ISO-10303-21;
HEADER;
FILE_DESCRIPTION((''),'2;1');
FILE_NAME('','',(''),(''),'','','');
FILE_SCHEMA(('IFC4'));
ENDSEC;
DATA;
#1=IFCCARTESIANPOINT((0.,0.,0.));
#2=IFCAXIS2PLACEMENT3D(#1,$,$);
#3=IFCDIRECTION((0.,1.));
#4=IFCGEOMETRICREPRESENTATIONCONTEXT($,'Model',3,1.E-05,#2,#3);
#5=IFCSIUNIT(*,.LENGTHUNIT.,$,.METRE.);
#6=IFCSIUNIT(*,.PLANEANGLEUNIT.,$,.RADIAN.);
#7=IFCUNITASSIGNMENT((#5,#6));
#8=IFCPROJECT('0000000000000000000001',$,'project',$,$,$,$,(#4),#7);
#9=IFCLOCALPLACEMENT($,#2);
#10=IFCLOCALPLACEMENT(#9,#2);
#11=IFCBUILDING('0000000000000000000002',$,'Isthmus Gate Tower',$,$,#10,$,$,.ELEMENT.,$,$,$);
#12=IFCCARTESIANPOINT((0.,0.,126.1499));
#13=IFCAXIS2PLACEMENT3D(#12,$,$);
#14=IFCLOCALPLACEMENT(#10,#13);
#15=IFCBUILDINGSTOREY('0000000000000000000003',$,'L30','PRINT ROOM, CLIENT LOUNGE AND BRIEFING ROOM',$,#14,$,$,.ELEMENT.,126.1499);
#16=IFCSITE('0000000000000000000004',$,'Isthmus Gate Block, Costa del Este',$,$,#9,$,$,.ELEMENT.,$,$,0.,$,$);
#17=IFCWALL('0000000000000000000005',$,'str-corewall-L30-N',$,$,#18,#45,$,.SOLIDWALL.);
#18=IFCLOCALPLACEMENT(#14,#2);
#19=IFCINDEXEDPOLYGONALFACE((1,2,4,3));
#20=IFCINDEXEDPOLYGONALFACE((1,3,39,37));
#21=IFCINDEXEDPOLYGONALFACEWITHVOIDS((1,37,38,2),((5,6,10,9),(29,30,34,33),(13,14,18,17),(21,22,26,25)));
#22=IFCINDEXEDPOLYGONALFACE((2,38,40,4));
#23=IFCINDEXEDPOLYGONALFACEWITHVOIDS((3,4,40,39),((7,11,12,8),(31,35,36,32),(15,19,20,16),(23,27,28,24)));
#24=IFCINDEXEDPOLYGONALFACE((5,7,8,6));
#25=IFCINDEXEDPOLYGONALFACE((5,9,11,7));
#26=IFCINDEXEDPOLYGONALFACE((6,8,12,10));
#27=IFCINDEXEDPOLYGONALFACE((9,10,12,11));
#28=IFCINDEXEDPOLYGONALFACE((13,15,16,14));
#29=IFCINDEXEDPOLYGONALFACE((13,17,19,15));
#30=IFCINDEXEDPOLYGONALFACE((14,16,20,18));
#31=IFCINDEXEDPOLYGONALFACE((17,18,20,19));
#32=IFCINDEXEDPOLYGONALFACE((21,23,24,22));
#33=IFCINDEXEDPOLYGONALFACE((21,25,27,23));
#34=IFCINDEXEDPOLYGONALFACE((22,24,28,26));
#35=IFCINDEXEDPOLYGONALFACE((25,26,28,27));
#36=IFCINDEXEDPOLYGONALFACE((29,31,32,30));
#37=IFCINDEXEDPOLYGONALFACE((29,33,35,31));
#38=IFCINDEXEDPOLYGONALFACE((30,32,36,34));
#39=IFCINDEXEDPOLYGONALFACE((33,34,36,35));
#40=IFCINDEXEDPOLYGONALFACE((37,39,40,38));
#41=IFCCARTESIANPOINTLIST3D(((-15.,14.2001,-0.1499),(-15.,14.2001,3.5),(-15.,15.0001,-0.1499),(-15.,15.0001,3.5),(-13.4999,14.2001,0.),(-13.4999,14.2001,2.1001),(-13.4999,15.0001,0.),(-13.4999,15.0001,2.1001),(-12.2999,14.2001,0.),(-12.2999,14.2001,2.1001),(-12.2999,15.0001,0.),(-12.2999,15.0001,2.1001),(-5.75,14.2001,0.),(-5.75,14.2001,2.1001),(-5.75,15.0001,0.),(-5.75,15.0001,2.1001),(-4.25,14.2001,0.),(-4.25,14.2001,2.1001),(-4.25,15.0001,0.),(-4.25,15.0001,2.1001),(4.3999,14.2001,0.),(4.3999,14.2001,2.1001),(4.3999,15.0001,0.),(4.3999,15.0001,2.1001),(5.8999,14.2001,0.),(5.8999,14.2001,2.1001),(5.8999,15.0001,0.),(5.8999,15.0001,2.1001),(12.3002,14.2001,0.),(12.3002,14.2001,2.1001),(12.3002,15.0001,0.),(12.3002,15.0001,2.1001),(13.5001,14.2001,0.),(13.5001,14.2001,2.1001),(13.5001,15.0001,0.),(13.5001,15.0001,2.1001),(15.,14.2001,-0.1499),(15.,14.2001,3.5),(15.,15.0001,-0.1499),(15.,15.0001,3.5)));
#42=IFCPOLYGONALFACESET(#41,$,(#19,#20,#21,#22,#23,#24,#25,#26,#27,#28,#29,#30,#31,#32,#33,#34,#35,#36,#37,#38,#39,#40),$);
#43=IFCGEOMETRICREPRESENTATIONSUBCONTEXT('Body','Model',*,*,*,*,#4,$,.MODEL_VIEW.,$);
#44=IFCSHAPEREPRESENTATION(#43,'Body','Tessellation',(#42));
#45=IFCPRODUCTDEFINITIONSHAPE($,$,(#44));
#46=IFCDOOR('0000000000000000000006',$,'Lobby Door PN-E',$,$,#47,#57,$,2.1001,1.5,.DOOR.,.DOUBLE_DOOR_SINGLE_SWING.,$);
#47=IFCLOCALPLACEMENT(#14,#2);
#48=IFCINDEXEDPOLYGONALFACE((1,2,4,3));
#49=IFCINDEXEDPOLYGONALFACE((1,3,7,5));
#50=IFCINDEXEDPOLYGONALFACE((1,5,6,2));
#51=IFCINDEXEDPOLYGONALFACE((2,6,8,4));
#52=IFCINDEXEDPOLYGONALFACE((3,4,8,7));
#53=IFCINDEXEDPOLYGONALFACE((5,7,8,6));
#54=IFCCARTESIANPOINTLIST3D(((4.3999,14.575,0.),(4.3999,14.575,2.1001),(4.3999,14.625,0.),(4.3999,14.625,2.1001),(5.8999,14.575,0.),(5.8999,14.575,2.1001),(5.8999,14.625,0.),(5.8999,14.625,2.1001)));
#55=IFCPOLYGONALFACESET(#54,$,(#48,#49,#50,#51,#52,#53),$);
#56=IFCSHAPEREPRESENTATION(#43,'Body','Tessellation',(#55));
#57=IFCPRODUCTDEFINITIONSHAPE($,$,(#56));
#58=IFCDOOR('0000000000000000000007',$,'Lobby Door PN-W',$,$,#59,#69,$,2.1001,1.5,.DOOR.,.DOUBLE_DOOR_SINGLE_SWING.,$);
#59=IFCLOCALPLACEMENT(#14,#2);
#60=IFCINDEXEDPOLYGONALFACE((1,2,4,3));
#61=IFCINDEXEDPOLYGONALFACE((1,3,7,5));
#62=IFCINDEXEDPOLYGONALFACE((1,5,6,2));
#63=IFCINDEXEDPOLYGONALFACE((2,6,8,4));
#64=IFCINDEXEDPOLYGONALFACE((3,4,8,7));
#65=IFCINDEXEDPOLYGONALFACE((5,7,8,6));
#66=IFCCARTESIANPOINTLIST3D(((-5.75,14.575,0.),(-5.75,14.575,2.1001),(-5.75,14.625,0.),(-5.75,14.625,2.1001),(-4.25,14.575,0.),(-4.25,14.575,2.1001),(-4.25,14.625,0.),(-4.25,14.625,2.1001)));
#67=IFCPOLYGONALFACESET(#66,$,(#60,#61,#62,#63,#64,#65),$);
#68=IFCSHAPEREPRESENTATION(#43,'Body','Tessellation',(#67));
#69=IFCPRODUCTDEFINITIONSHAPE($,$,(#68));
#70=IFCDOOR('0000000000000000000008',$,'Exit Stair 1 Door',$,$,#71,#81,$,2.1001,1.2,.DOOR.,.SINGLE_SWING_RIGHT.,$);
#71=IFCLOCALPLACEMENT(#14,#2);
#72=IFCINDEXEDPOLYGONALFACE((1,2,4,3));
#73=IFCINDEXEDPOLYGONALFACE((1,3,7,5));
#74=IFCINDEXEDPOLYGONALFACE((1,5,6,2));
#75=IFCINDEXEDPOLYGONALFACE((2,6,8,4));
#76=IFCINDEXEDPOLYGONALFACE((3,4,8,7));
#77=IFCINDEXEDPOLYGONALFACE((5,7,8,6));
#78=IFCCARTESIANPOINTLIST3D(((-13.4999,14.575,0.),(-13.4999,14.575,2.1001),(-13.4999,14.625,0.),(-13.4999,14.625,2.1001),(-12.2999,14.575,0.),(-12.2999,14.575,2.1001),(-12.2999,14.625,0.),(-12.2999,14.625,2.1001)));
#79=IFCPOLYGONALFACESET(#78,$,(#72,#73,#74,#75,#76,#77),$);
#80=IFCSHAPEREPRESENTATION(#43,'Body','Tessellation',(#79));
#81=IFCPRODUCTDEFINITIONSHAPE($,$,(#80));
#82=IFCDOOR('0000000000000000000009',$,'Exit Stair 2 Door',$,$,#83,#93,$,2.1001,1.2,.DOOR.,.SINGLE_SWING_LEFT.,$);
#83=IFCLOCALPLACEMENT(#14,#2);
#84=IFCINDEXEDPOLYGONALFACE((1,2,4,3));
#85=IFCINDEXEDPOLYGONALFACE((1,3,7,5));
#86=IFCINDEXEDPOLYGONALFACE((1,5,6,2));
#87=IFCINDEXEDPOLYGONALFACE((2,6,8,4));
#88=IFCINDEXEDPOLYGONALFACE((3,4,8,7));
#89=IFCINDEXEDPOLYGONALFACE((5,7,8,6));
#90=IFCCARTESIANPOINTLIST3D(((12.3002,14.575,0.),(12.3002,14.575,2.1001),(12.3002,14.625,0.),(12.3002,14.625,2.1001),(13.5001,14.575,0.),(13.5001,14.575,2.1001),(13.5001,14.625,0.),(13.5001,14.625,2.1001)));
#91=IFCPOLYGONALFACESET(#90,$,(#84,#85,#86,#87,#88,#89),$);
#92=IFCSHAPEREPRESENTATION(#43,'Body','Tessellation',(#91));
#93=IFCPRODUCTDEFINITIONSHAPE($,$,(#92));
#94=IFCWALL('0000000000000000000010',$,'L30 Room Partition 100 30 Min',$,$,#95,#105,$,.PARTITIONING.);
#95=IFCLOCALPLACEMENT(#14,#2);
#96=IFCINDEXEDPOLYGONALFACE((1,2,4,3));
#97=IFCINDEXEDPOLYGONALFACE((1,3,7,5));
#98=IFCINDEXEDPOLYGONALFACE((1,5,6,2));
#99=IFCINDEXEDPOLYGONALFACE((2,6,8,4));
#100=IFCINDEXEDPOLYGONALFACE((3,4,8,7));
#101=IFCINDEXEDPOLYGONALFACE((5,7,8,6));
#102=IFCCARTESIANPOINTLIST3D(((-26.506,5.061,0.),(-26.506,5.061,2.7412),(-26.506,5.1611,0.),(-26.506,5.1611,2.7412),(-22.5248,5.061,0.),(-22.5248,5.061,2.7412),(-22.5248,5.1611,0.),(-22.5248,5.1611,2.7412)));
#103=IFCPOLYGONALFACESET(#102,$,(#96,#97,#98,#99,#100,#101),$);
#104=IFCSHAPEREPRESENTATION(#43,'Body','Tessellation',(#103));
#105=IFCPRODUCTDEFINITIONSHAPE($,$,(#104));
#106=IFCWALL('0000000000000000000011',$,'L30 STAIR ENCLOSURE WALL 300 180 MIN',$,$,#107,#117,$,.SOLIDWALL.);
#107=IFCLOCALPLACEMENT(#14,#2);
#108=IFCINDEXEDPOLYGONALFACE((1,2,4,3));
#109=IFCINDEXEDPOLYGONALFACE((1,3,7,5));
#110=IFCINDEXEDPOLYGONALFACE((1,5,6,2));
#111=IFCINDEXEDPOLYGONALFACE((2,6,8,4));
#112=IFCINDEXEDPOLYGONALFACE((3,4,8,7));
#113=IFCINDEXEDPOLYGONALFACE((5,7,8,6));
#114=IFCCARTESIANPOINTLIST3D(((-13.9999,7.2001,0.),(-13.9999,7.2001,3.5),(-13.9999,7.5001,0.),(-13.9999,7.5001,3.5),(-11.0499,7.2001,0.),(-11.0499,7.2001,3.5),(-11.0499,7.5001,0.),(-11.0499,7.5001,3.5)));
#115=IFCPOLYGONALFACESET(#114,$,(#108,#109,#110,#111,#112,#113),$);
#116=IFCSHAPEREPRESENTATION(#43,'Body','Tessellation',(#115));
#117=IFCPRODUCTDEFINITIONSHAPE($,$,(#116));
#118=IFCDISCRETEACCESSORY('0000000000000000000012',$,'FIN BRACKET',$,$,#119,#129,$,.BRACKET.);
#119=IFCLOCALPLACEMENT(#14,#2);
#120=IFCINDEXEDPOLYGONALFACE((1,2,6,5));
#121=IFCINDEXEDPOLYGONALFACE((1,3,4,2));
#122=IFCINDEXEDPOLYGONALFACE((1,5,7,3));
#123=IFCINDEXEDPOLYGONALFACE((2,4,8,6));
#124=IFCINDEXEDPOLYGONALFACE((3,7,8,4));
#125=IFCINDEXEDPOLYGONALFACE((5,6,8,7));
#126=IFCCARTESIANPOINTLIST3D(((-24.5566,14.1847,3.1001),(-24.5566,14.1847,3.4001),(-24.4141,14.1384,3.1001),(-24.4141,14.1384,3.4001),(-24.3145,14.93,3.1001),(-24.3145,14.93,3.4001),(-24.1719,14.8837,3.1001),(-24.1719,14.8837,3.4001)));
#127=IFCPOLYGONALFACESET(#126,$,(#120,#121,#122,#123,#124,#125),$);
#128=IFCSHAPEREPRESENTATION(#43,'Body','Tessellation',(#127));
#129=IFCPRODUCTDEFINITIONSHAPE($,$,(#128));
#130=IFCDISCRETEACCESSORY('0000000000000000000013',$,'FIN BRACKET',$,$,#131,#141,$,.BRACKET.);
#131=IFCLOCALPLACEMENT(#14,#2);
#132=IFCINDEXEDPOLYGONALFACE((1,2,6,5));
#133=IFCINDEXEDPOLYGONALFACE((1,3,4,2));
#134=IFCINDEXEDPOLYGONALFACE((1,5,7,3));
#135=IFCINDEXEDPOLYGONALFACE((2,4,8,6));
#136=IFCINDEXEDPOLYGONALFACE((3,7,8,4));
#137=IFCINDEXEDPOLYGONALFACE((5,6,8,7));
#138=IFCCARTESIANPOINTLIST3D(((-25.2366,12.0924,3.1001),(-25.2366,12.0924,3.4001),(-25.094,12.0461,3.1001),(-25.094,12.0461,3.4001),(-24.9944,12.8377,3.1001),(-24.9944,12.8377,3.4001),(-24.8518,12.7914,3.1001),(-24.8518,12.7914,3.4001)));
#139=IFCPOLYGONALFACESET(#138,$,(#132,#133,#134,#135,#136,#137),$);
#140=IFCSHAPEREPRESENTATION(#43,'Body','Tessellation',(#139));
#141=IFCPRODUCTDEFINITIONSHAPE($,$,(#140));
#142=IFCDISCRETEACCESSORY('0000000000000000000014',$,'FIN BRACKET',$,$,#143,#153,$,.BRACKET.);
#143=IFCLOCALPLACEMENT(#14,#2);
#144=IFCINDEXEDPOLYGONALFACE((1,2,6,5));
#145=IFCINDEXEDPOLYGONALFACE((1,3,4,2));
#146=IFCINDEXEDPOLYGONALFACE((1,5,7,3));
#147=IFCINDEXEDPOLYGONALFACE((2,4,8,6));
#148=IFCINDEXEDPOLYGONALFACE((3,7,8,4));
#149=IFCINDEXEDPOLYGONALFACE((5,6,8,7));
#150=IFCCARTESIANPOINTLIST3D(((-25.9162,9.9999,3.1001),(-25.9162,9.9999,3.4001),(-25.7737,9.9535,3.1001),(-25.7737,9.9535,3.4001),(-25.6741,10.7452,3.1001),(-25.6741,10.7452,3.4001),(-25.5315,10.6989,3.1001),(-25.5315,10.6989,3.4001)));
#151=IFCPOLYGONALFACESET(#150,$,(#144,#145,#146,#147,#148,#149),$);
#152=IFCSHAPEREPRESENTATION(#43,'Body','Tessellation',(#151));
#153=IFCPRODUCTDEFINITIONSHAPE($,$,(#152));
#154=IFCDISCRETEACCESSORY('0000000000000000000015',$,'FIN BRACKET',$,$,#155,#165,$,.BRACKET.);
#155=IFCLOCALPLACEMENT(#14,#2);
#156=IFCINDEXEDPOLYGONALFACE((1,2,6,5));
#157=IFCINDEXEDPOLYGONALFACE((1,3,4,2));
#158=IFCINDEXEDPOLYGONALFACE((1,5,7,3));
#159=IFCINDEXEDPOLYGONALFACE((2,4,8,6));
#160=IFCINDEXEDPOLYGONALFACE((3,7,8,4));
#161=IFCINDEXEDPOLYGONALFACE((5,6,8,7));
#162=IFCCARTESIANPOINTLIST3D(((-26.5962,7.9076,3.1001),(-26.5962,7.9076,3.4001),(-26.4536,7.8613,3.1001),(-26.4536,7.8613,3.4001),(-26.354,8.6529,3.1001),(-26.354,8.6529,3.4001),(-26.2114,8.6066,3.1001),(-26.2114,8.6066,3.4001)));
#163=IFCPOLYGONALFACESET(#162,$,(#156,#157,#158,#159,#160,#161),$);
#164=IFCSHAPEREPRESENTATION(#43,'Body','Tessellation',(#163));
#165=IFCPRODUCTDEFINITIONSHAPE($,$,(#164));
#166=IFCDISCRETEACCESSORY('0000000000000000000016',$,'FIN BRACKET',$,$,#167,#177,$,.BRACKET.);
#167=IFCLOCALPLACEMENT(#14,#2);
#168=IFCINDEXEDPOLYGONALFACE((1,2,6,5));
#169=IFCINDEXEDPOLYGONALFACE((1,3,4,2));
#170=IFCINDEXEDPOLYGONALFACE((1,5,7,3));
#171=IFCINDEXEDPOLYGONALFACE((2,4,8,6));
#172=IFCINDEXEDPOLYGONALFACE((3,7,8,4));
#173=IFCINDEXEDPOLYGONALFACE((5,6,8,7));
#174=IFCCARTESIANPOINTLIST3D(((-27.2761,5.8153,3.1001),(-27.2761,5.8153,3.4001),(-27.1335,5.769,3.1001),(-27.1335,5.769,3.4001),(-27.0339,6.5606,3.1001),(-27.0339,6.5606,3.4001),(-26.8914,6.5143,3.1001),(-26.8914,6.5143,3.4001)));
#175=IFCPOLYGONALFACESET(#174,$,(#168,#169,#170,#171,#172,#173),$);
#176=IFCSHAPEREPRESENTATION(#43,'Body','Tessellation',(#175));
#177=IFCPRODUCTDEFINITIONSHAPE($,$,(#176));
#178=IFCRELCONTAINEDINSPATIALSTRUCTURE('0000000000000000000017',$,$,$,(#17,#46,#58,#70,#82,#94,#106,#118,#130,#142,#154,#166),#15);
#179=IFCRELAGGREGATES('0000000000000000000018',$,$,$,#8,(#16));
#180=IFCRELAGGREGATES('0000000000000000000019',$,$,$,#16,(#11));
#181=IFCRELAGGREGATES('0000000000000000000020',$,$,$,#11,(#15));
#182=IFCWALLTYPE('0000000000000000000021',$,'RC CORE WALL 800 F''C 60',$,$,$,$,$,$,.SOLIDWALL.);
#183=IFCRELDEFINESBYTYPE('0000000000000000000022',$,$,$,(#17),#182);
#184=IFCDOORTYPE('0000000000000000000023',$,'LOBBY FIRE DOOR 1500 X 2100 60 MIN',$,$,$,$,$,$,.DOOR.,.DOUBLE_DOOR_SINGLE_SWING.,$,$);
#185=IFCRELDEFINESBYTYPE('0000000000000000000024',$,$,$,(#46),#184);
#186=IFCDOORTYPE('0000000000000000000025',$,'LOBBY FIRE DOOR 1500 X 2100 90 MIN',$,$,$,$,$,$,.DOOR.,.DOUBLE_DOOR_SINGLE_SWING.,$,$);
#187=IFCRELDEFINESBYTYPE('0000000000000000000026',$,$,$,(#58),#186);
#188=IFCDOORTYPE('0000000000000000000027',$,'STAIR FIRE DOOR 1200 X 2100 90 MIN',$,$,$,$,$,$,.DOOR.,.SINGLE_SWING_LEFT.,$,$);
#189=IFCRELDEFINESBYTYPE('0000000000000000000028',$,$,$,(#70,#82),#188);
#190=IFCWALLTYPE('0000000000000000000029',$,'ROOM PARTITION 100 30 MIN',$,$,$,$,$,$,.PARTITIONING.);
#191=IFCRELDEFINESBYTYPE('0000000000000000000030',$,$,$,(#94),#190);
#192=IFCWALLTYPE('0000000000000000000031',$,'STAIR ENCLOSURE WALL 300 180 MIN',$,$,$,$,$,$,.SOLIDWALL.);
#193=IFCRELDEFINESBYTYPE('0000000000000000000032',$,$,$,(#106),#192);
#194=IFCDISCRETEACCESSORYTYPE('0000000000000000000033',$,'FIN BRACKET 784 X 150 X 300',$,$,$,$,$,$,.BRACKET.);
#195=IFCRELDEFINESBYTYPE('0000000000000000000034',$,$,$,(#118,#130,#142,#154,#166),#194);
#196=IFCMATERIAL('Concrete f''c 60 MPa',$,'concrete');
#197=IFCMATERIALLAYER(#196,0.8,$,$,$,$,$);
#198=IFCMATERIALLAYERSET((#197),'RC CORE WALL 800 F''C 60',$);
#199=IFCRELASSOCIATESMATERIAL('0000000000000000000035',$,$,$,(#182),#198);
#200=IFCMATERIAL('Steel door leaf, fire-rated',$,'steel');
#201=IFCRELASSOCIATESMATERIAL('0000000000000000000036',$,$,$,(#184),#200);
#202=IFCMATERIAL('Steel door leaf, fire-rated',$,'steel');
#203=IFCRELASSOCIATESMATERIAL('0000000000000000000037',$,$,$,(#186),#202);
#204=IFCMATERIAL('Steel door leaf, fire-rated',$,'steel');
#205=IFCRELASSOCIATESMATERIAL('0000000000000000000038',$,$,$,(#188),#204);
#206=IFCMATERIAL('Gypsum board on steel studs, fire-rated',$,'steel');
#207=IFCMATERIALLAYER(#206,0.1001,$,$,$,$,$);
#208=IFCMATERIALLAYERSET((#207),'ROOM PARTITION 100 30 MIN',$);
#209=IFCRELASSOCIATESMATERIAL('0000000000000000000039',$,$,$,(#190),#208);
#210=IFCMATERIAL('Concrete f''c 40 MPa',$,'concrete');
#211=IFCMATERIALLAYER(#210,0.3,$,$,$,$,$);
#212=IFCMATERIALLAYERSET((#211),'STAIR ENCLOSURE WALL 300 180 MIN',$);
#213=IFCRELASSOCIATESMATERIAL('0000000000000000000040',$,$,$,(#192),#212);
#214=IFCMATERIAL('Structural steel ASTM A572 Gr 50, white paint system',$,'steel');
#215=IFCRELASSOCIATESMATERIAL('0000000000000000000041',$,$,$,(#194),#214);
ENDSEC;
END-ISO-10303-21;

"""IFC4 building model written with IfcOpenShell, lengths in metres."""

from ifc_helpers import new_model, si_unit, direction, frame, frame_2d, origin, origin_2d, place, context, subcontext, project, spatial, rectangle, extrude, material, layer, layer_set, type_object, element, fill, save


model = new_model("IFC4")

# Units and contexts
model_context = context("Model", 3, precision=1e-05, world=origin(), true_north=direction((0.0, 1.0)))
body_context = subcontext(model_context, "Body", "Model", "MODEL_VIEW")
ifc_project = project(units=[si_unit("LENGTHUNIT", "METRE"), si_unit("PLANEANGLEUNIT", "RADIAN")], contexts=[model_context])

# Site, building, storey
site_placement = place(None, origin())
site = spatial("IfcSite", under=ifc_project, at=site_placement, Name="Isthmus Gate Block, Costa del Este", CompositionType="ELEMENT", RefElevation=0.0)
building_placement = place(site_placement, origin())
building = spatial("IfcBuilding", under=site, at=building_placement, Name="Isthmus Gate Tower", CompositionType="ELEMENT")
storey_placement = place(building_placement, frame((0.0, 0.0, 126.1499)))
storey = spatial("IfcBuildingStorey", under=building, at=storey_placement, Name="L30", Description="PRINT ROOM, CLIENT LOUNGE AND BRIEFING ROOM", CompositionType="ELEMENT", Elevation=126.1499)

# Wall, openings, doors
ifc_material_1 = material(Name="Concrete f'c 60 MPa", Category="concrete")
ifc_layer_1 = layer(ifc_material_1, 0.8)
ifc_layer_set_1 = layer_set([ifc_layer_1], Name="RC CORE WALL 800 F'C 60")
wall_type_1 = type_object("IfcWallType", Name="RC CORE WALL 800 F'C 60", PredefinedType="SOLIDWALL", material=ifc_layer_set_1)
wall_1_placement = place(storey_placement, frame((-15.0, 14.6001, -0.1499), z_axis=(0.0, 0.0, 1.0), x_axis=(1.0, 0.0, 0.0)))
wall_1 = element("IfcWall", 1, at=wall_1_placement, inside=storey, type_object=wall_type_1, Name="str-corewall-L30-N", PredefinedType="SOLIDWALL", context=body_context, shape_type="SweptSolid", body=[
    extrude(rectangle(XDim=30.0, YDim=0.8, at=frame_2d((15.0, 0.0))), origin(), (0.0, 0.0, 1.0), 3.6499),
])
opening_1_placement = place(wall_1_placement, frame((9.25, 0.0, 0.1499)))
opening_1 = element("IfcOpeningElement", 2, at=opening_1_placement, cuts=wall_1, PredefinedType="OPENING", context=body_context, shape_type="SweptSolid", body=[
    extrude(rectangle(XDim=1.5, YDim=2.1001, at=frame_2d((0.75, 1.05))), frame((0.0, 0.4099, 0.0), z_axis=(0.0, -1.0, 0.0), x_axis=(1.0, 0.0, 0.0)), (0.0, 0.0, 1.0), 0.8201),
])
opening_2_placement = place(wall_1_placement, frame((19.3999, 0.0, 0.1499)))
opening_2 = element("IfcOpeningElement", 3, at=opening_2_placement, cuts=wall_1, PredefinedType="OPENING", context=body_context, shape_type="SweptSolid", body=[
    extrude(rectangle(XDim=1.5, YDim=2.1001, at=frame_2d((0.75, 1.05))), frame((0.0, 0.4099, 0.0), z_axis=(0.0, -1.0, 0.0), x_axis=(1.0, 0.0, 0.0)), (0.0, 0.0, 1.0), 0.8201),
])
opening_3_placement = place(wall_1_placement, frame((1.5, 0.0, 0.1499)))
opening_3 = element("IfcOpeningElement", 4, at=opening_3_placement, cuts=wall_1, PredefinedType="OPENING", context=body_context, shape_type="SweptSolid", body=[
    extrude(rectangle(XDim=1.2, YDim=2.1001, at=frame_2d((0.6001, 1.05))), frame((0.0, 0.4099, 0.0), z_axis=(0.0, -1.0, 0.0), x_axis=(1.0, 0.0, 0.0)), (0.0, 0.0, 1.0), 0.8201),
])
opening_4_placement = place(wall_1_placement, frame((27.3, 0.0, 0.1499)))
opening_4 = element("IfcOpeningElement", 5, at=opening_4_placement, cuts=wall_1, PredefinedType="OPENING", context=body_context, shape_type="SweptSolid", body=[
    extrude(rectangle(XDim=1.2, YDim=2.1001, at=frame_2d((0.6001, 1.05))), frame((0.0, 0.4099, 0.0), z_axis=(0.0, -1.0, 0.0), x_axis=(1.0, 0.0, 0.0)), (0.0, 0.0, 1.0), 0.8201),
])
ifc_material_2 = material(Name="Steel door leaf, fire-rated", Category="steel")
door_type_1 = type_object("IfcDoorType", Name="LOBBY FIRE DOOR 1500 X 2100 60 MIN", OperationType="DOUBLE_DOOR_SINGLE_SWING", PredefinedType="DOOR", material=ifc_material_2)
door_1_placement = place(opening_2_placement, origin())
door_1 = element("IfcDoor", 6, at=door_1_placement, inside=storey, type_object=door_type_1, Name="Lobby Door PN-E", OperationType="DOUBLE_DOOR_SINGLE_SWING", OverallHeight=2.1001, OverallWidth=1.5, PredefinedType="DOOR", context=body_context, shape_type="SweptSolid", body=[
    extrude(rectangle(XDim=1.5, YDim=2.1001, at=frame_2d((0.75, 1.05))), frame((0.0, 0.0249, 0.0), z_axis=(0.0, -1.0, 0.0), x_axis=(1.0, 0.0, 0.0)), (0.0, 0.0, 1.0), 0.05),
])
fill(opening_2, door_1)
ifc_material_3 = material(Name="Steel door leaf, fire-rated", Category="steel")
door_type_2 = type_object("IfcDoorType", Name="LOBBY FIRE DOOR 1500 X 2100 90 MIN", OperationType="DOUBLE_DOOR_SINGLE_SWING", PredefinedType="DOOR", material=ifc_material_3)
door_2_placement = place(opening_1_placement, origin())
door_2 = element("IfcDoor", 7, at=door_2_placement, inside=storey, type_object=door_type_2, Name="Lobby Door PN-W", OperationType="DOUBLE_DOOR_SINGLE_SWING", OverallHeight=2.1001, OverallWidth=1.5, PredefinedType="DOOR", context=body_context, shape_type="SweptSolid", body=[
    extrude(rectangle(XDim=1.5, YDim=2.1001, at=frame_2d((0.75, 1.05))), frame((0.0, 0.0249, 0.0), z_axis=(0.0, -1.0, 0.0), x_axis=(1.0, 0.0, 0.0)), (0.0, 0.0, 1.0), 0.05),
])
fill(opening_1, door_2)
ifc_material_4 = material(Name="Steel door leaf, fire-rated", Category="steel")
door_type_3 = type_object("IfcDoorType", Name="STAIR FIRE DOOR 1200 X 2100 90 MIN", OperationType="SINGLE_SWING_LEFT", PredefinedType="DOOR", material=ifc_material_4)
door_3_placement = place(opening_3_placement, origin())
door_3 = element("IfcDoor", 8, at=door_3_placement, inside=storey, type_object=door_type_3, Name="Exit Stair 1 Door", OperationType="SINGLE_SWING_RIGHT", OverallHeight=2.1001, OverallWidth=1.2, PredefinedType="DOOR", context=body_context, shape_type="SweptSolid", body=[
    extrude(rectangle(XDim=1.2, YDim=2.1001, at=frame_2d((0.6001, 1.05))), frame((0.0, 0.0249, 0.0), z_axis=(0.0, -1.0, 0.0), x_axis=(1.0, 0.0, 0.0)), (0.0, 0.0, 1.0), 0.05),
])
fill(opening_3, door_3)
door_4_placement = place(opening_4_placement, origin())
door_4 = element("IfcDoor", 9, at=door_4_placement, inside=storey, type_object=door_type_3, Name="Exit Stair 2 Door", OperationType="SINGLE_SWING_LEFT", OverallHeight=2.1001, OverallWidth=1.2, PredefinedType="DOOR", context=body_context, shape_type="SweptSolid", body=[
    extrude(rectangle(XDim=1.2, YDim=2.1001, at=frame_2d((0.6001, 1.05))), frame((0.0, 0.0249, 0.0), z_axis=(0.0, -1.0, 0.0), x_axis=(1.0, 0.0, 0.0)), (0.0, 0.0, 1.0), 0.05),
])
fill(opening_4, door_4)

# Walls
ifc_material_5 = material(Name="Gypsum board on steel studs, fire-rated", Category="steel")
ifc_layer_2 = layer(ifc_material_5, 0.1001)
ifc_layer_set_2 = layer_set([ifc_layer_2], Name="ROOM PARTITION 100 30 MIN")
wall_type_2 = type_object("IfcWallType", Name="ROOM PARTITION 100 30 MIN", PredefinedType="PARTITIONING", material=ifc_layer_set_2)
wall_2_placement = place(storey_placement, frame((-26.5061, 5.1111, 0.0), z_axis=(0.0, 0.0, 1.0), x_axis=(1.0, 0.0, 0.0)))
element("IfcWall", 10, at=wall_2_placement, inside=storey, type_object=wall_type_2, Name="L30 Room Partition 100 30 Min", PredefinedType="PARTITIONING", context=body_context, shape_type="SweptSolid", body=[
    extrude(rectangle(XDim=3.9812, YDim=0.1001, at=frame_2d((1.9907, 0.0))), origin(), (0.0, 0.0, 1.0), 2.7412),
])
ifc_material_6 = material(Name="Concrete f'c 40 MPa", Category="concrete")
ifc_layer_3 = layer(ifc_material_6, 0.3)
ifc_layer_set_3 = layer_set([ifc_layer_3], Name="STAIR ENCLOSURE WALL 300 180 MIN")
wall_type_3 = type_object("IfcWallType", Name="STAIR ENCLOSURE WALL 300 180 MIN", PredefinedType="SOLIDWALL", material=ifc_layer_set_3)
wall_3_placement = place(storey_placement, frame((-14.0, 7.3501, 0.0), z_axis=(0.0, 0.0, 1.0), x_axis=(1.0, 0.0, 0.0)))
element("IfcWall", 11, at=wall_3_placement, inside=storey, type_object=wall_type_3, Name="L30 STAIR ENCLOSURE WALL 300 180 MIN", PredefinedType="SOLIDWALL", context=body_context, shape_type="SweptSolid", body=[
    extrude(rectangle(XDim=2.95, YDim=0.3, at=frame_2d((1.4751, 0.0))), origin(), (0.0, 0.0, 1.0), 3.5),
])

# Discrete accessories
ifc_material_7 = material(Name="Structural steel ASTM A572 Gr 50, white paint system", Category="steel")
discrete_accessory_type = type_object("IfcDiscreteAccessoryType", Name="FIN BRACKET 784 X 150 X 300", PredefinedType="BRACKET", material=ifc_material_7)
for number, where, z_axis, x_axis, name in (
    (12, (-24.3643, 14.5342, 3.1001), (0.0, 0.0, 1.0), (-0.951057, 0.309017, 0.0), "FIN BRACKET"),
    (13, (-25.0442, 12.4419, 3.1001), (0.0, 0.0, 1.0), (-0.951057, 0.309017, 0.0), "FIN BRACKET"),
    (14, (-25.7239, 10.3494, 3.1001), (0.0, 0.0, 1.0), (-0.951057, 0.309017, 0.0), "FIN BRACKET"),
    (15, (-26.4038, 8.2571, 3.1001), (0.0, 0.0, 1.0), (-0.951057, 0.309017, 0.0), "FIN BRACKET"),
    (16, (-27.0837, 6.1648, 3.1001), (0.0, 0.0, 1.0), (-0.951057, 0.309017, 0.0), "FIN BRACKET"),
):
    element("IfcDiscreteAccessory", number, at=place(storey_placement, frame(where, z_axis=z_axis, x_axis=x_axis)), inside=storey, type_object=discrete_accessory_type, Name=name, PredefinedType="BRACKET", context=body_context, shape_type="SweptSolid", body=[
        extrude(rectangle(XDim=0.1499, YDim=0.7837, at=origin_2d()), origin(), (0.0, 0.0, 1.0), 0.3),
    ])

save(model, "model.ifc")
